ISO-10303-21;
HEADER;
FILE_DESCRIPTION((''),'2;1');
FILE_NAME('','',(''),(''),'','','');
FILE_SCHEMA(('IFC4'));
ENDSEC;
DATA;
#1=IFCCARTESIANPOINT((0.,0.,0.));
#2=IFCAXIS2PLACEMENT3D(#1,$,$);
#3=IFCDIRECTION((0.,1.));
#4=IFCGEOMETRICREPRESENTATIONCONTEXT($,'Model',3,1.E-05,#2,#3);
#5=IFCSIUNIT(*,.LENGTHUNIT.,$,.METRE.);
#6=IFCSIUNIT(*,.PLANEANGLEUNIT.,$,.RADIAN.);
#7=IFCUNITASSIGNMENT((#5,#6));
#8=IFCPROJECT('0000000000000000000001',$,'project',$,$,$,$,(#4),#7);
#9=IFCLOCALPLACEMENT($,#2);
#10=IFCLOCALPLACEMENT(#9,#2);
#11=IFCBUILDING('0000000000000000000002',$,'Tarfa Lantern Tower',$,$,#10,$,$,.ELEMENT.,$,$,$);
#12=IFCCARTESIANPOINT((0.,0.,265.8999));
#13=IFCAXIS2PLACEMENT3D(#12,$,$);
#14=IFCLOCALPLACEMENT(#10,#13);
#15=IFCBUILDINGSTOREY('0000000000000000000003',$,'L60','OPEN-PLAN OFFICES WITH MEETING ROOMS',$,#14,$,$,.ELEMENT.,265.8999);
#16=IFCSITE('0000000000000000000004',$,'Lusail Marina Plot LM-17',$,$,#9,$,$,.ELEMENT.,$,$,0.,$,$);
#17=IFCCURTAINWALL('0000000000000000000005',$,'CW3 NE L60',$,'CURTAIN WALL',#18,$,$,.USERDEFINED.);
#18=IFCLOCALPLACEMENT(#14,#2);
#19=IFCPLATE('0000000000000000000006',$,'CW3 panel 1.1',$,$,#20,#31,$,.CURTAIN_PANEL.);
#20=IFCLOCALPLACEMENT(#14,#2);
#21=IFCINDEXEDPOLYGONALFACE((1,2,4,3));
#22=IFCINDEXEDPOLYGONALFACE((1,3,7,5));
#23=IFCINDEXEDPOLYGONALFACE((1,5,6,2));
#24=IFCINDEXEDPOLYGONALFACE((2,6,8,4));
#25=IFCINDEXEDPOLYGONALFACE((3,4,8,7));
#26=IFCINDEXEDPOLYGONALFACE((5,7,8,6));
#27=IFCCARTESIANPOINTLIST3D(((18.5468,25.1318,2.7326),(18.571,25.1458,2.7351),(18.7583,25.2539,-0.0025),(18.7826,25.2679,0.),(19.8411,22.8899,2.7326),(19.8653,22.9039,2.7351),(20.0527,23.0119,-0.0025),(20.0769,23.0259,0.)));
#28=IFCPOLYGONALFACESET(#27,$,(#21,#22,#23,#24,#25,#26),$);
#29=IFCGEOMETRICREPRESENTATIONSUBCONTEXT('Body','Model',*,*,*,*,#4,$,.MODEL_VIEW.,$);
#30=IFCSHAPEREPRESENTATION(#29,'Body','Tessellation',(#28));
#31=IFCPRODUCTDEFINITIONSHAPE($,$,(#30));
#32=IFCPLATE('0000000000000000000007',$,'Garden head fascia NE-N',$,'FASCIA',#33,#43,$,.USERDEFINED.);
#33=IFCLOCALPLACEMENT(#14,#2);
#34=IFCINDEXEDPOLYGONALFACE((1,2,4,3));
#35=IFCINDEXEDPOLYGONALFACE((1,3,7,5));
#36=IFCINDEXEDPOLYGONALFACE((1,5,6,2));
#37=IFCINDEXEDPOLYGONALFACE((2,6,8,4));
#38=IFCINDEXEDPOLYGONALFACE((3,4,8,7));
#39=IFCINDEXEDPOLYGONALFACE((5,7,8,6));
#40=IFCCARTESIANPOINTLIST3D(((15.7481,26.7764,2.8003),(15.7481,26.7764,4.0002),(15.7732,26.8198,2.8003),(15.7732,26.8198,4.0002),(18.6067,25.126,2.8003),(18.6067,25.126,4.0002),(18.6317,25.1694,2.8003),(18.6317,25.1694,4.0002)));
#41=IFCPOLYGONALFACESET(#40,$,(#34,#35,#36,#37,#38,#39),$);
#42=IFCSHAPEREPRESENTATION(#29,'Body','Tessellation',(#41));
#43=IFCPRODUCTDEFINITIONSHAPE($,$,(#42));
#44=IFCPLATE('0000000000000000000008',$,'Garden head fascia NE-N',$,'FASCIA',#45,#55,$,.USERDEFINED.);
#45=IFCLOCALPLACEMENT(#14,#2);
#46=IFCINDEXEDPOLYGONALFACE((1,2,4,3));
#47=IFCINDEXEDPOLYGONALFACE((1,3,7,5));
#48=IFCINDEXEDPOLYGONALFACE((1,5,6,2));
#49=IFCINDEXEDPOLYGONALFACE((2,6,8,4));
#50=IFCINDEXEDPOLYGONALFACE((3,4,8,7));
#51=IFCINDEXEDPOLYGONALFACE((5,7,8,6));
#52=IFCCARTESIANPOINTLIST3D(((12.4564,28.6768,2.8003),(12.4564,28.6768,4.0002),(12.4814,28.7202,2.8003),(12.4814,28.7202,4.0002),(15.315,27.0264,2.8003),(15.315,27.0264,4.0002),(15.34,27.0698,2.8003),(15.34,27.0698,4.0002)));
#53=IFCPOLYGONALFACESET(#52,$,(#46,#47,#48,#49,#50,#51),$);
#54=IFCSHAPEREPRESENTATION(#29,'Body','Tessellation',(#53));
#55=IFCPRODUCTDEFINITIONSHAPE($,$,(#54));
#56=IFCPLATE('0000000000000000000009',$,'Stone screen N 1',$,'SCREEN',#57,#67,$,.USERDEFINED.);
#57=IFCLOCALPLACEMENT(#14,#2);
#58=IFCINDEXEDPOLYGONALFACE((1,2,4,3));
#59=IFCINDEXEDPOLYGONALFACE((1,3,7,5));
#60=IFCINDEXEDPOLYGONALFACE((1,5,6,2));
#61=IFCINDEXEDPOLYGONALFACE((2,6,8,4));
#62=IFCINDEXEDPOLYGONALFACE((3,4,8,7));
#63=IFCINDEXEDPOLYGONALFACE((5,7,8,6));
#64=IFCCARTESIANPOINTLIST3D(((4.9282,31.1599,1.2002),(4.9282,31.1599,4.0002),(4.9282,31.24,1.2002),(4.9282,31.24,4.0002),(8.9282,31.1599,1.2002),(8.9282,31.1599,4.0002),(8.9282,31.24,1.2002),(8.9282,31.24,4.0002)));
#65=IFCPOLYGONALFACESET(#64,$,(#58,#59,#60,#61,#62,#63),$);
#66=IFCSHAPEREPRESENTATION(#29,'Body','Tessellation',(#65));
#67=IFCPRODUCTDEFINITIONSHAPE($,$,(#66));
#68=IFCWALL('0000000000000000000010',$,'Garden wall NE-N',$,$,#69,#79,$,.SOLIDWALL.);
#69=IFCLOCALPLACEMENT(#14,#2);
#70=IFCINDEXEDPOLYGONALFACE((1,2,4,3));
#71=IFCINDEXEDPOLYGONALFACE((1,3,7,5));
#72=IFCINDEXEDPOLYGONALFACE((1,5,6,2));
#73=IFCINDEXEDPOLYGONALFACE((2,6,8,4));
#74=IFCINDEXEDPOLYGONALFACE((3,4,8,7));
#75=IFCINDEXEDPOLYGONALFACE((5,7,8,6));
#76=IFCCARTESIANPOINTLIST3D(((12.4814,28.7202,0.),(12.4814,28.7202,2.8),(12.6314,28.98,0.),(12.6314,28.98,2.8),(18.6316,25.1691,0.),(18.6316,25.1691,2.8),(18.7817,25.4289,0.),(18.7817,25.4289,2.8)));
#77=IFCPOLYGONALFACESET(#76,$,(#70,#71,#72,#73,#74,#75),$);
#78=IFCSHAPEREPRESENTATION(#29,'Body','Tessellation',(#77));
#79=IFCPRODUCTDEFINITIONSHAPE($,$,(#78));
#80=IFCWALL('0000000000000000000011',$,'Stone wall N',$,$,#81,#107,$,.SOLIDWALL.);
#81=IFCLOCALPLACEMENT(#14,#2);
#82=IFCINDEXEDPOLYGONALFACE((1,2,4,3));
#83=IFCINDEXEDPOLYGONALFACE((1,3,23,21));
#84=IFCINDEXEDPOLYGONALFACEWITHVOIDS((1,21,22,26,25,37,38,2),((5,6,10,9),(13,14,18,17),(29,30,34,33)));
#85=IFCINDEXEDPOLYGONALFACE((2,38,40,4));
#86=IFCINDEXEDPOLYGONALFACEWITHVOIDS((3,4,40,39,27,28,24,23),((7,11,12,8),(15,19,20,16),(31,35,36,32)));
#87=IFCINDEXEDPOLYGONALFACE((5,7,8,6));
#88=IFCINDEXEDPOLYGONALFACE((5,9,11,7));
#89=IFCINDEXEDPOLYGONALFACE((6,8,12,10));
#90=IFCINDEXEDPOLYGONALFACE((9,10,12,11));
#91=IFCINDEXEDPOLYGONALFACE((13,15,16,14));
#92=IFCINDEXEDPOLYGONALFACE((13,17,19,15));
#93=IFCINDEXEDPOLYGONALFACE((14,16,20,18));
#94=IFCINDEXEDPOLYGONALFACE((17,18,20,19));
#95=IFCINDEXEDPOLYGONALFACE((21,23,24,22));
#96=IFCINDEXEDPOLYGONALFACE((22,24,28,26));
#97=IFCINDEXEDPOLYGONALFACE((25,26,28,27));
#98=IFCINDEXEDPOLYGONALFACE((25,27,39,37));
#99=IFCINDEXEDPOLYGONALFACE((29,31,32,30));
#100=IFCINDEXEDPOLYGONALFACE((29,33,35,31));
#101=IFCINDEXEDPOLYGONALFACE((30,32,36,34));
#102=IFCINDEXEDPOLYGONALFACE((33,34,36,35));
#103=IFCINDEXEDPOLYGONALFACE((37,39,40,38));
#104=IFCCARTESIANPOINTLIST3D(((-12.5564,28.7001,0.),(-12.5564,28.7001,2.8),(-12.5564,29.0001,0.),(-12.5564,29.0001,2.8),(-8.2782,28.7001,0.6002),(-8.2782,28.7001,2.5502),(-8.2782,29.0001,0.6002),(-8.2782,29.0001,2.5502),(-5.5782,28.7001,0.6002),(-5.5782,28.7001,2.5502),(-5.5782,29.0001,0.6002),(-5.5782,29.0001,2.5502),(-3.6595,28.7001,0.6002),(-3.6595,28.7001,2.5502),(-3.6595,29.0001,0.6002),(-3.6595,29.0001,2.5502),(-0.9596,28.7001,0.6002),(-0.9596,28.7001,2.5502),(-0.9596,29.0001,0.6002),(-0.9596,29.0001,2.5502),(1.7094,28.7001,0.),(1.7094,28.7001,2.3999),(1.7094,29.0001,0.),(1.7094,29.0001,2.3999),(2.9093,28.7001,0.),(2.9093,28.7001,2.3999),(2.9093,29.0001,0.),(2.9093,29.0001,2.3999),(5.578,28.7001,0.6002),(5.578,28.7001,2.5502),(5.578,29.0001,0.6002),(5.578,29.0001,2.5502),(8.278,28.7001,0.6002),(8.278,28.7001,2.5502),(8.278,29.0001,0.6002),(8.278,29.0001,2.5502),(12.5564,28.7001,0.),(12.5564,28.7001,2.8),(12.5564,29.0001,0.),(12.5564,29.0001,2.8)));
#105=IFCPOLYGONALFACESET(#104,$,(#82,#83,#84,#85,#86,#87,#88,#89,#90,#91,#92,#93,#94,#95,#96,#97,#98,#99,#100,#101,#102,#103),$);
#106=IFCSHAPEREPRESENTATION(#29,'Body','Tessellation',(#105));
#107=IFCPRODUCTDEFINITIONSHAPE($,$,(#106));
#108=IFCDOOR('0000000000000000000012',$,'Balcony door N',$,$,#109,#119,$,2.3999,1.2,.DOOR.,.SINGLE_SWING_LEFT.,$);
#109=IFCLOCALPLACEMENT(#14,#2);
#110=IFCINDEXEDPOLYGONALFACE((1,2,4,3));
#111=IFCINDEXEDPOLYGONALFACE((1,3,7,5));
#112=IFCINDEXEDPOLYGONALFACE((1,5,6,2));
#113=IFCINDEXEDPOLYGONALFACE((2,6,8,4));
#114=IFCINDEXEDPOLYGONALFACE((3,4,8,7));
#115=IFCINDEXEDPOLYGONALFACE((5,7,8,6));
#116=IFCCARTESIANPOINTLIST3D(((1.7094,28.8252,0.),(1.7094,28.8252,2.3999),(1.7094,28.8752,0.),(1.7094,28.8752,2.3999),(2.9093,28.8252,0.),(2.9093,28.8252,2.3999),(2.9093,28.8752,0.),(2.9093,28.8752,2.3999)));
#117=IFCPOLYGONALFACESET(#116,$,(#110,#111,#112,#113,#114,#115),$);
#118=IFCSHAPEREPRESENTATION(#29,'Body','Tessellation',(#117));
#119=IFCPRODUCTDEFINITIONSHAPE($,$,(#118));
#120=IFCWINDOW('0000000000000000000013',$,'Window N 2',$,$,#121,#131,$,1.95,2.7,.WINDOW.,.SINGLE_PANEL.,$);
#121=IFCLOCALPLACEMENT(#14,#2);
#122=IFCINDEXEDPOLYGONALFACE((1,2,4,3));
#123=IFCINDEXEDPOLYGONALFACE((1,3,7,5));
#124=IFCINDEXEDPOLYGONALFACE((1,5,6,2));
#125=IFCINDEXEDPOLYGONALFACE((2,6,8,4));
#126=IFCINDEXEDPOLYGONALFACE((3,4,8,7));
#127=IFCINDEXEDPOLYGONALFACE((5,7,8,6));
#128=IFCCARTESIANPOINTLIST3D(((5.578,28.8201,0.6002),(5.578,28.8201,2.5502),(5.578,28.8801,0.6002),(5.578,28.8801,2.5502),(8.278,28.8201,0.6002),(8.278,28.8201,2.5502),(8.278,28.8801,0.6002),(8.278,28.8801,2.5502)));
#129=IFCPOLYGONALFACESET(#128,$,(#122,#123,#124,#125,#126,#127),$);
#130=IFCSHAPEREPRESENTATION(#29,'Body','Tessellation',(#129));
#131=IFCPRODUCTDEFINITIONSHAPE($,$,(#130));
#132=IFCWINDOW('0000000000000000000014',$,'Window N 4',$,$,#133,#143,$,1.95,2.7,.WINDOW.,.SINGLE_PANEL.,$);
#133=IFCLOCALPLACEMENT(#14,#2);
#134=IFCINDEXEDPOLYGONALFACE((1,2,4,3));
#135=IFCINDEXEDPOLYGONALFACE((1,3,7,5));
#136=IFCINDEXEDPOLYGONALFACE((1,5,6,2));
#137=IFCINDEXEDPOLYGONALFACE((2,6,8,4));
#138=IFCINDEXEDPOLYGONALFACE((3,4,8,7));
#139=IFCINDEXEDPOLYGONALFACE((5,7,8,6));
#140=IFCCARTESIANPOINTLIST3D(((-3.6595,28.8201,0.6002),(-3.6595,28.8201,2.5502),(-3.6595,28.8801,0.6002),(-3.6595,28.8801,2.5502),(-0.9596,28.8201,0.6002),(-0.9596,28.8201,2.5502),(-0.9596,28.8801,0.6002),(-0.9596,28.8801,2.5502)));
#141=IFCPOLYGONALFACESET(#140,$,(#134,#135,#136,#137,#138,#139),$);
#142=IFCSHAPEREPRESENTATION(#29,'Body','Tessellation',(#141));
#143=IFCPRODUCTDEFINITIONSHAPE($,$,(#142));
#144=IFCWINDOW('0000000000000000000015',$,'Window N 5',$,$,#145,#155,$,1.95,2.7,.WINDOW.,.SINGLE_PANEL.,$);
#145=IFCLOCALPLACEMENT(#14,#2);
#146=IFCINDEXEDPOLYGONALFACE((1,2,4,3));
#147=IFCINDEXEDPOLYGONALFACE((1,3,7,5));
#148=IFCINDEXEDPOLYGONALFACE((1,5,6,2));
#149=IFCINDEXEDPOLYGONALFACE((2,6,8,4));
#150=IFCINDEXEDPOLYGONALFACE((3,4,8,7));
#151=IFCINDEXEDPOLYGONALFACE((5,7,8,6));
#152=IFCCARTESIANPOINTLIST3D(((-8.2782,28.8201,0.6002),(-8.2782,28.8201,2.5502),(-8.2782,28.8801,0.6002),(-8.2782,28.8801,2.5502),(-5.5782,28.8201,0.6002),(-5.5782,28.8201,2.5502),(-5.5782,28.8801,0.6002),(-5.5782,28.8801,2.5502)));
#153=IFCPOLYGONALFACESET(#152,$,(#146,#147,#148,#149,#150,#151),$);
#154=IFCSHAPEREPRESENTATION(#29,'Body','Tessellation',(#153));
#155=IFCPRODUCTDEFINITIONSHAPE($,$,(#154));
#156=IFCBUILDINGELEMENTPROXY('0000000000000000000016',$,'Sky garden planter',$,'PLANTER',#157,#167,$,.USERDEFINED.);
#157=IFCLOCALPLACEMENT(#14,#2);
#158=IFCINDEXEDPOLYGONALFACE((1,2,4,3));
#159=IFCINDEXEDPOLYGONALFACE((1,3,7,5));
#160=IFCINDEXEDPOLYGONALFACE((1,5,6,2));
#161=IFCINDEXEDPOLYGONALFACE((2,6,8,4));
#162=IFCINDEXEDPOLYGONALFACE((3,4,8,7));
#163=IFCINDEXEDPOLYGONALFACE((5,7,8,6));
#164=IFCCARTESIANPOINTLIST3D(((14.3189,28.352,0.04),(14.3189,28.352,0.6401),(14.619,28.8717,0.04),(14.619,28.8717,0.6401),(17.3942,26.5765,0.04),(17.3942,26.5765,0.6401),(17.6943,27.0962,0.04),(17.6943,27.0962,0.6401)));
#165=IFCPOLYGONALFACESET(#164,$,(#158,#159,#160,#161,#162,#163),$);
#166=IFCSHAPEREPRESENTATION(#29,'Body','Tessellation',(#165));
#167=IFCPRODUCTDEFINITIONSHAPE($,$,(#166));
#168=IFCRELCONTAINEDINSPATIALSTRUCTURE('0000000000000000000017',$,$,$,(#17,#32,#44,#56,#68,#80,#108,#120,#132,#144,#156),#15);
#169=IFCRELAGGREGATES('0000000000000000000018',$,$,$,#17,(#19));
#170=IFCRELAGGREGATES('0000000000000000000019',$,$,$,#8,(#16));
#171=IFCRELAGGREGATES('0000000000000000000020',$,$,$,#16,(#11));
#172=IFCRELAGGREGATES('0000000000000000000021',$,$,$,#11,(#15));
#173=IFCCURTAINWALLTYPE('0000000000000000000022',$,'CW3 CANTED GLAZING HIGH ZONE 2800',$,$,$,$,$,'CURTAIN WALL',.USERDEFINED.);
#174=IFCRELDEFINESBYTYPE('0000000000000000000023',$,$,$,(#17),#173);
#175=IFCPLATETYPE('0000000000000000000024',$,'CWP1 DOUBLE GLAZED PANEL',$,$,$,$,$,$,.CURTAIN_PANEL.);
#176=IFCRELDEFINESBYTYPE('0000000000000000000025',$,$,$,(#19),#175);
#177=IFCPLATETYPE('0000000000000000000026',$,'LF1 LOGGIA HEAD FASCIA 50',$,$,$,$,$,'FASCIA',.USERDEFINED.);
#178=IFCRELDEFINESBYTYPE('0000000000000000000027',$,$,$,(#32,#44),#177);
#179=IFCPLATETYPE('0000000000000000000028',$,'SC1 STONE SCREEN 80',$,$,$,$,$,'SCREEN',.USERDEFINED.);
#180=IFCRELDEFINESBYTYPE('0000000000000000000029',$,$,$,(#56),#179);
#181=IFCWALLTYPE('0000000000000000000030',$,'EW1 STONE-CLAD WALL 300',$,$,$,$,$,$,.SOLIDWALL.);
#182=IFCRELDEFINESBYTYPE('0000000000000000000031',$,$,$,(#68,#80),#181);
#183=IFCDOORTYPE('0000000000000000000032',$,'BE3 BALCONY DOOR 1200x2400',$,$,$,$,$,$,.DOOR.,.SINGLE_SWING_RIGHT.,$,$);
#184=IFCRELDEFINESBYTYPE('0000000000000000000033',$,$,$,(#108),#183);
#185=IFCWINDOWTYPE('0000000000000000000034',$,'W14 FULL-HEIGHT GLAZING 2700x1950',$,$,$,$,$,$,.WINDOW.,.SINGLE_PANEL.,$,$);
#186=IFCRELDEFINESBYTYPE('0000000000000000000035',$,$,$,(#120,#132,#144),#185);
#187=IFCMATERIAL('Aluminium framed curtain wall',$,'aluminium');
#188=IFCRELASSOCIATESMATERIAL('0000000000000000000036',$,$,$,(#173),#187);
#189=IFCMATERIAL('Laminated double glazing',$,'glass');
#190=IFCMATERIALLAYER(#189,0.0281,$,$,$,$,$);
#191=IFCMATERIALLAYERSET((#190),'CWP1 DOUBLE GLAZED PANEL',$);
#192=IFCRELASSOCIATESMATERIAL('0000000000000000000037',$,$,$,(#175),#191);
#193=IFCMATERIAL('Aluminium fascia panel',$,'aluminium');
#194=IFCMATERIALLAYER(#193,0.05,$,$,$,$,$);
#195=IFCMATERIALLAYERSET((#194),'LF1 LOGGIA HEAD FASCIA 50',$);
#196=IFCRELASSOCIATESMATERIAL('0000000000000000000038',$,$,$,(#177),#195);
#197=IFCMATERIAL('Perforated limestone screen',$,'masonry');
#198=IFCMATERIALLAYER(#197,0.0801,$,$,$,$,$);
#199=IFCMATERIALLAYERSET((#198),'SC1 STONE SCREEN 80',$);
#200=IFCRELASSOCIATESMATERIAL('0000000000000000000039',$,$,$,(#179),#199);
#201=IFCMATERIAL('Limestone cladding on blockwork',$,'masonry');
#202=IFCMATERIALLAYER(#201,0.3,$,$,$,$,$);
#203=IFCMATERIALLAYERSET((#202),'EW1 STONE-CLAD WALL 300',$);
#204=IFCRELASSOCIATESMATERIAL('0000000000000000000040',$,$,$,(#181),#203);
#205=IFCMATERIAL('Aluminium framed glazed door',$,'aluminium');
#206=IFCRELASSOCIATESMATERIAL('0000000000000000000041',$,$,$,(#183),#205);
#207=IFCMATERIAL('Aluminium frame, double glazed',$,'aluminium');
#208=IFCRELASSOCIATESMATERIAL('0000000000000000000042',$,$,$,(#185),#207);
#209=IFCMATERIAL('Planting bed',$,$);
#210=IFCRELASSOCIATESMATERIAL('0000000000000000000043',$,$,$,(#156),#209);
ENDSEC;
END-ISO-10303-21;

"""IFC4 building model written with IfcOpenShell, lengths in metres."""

from ifc_helpers import new_model, si_unit, direction, frame, frame_2d, origin, origin_2d, place, context, subcontext, project, spatial, polyline, rectangle, outline, extrude, material, layer, layer_set, type_object, element, fill, aggregate, save


model = new_model("IFC4")

# Units and contexts
model_context = context("Model", 3, precision=1e-05, world=origin(), true_north=direction((0.0, 1.0)))
body_context = subcontext(model_context, "Body", "Model", "MODEL_VIEW")
ifc_project = project(units=[si_unit("LENGTHUNIT", "METRE"), si_unit("PLANEANGLEUNIT", "RADIAN")], contexts=[model_context])

# Site, building, storey
site_placement = place(None, origin())
site = spatial("IfcSite", under=ifc_project, at=site_placement, Name="Lusail Marina Plot LM-17", CompositionType="ELEMENT", RefElevation=0.0)
building_placement = place(site_placement, origin())
building = spatial("IfcBuilding", under=site, at=building_placement, Name="Tarfa Lantern Tower", CompositionType="ELEMENT")
storey_placement = place(building_placement, frame((0.0, 0.0, 265.8999)))
storey = spatial("IfcBuildingStorey", under=building, at=storey_placement, Name="L60", Description="OPEN-PLAN OFFICES WITH MEETING ROOMS", CompositionType="ELEMENT", Elevation=265.8999)

# Curtain wall
ifc_material_1 = material(Name="Aluminium framed curtain wall", Category="aluminium")
curtain_wall_type = type_object("IfcCurtainWallType", Name="CW3 CANTED GLAZING HIGH ZONE 2800", ElementType="CURTAIN WALL", PredefinedType="USERDEFINED", material=ifc_material_1)
curtain_wall_placement = place(storey_placement, origin())
curtain_wall = element("IfcCurtainWall", 1, at=curtain_wall_placement, inside=storey, type_object=curtain_wall_type, Name="CW3 NE L60", ObjectType="CURTAIN WALL", PredefinedType="USERDEFINED")

# Plate
ifc_material_2 = material(Name="Laminated double glazing", Category="glass")
ifc_layer_1 = layer(ifc_material_2, 0.0281)
ifc_layer_set_1 = layer_set([ifc_layer_1], Name="CWP1 DOUBLE GLAZED PANEL")
plate_type_1 = type_object("IfcPlateType", Name="CWP1 DOUBLE GLAZED PANEL", PredefinedType="CURTAIN_PANEL", material=ifc_layer_set_1)
plate_1_placement = place(storey_placement, frame((20.0769, 23.0259, 0.0), z_axis=(0.862605, 0.497997, 0.088945), x_axis=(-0.499979, 0.866038, 0.000004)))
plate_1 = element("IfcPlate", 2, at=plate_1_placement, type_object=plate_type_1, Name="CW3 panel 1.1", PredefinedType="CURTAIN_PANEL", context=body_context, shape_type="SweptSolid", body=[
    extrude(outline(polyline([(0.0, 0.0), (2.5888, 0.0), (2.5888, 2.746), (0.0001, 2.746), (0.0, 0.0)])), origin(), (0.0, 0.0, -1.0), 0.0281),
])
aggregate(curtain_wall, [plate_1])

# Plates
ifc_material_3 = material(Name="Aluminium fascia panel", Category="aluminium")
ifc_layer_2 = layer(ifc_material_3, 0.05)
ifc_layer_set_2 = layer_set([ifc_layer_2], Name="LF1 LOGGIA HEAD FASCIA 50")
plate_type_2 = type_object("IfcPlateType", Name="LF1 LOGGIA HEAD FASCIA 50", ElementType="FASCIA", PredefinedType="USERDEFINED", material=ifc_layer_set_2)
for number, where, z_axis, x_axis, name in (
    (3, (17.1899, 25.9729, 2.8003), (0.0, 0.0, 1.0), (-0.866025, 0.5, 0.0), "Garden head fascia NE-N"),
    (4, (13.8982, 27.8733, 2.8003), (0.0, 0.0, 1.0), (-0.866025, 0.5, 0.0), "Garden head fascia NE-N"),
):
    element("IfcPlate", number, at=place(storey_placement, frame(where, z_axis=z_axis, x_axis=x_axis)), inside=storey, type_object=plate_type_2, Name=name, ObjectType="FASCIA", PredefinedType="USERDEFINED", context=body_context, shape_type="SweptSolid", body=[
        extrude(rectangle(XDim=3.3008, YDim=0.05, at=origin_2d()), origin(), (0.0, 0.0, 1.0), 1.2),
    ])
ifc_material_4 = material(Name="Perforated limestone screen", Category="masonry")
ifc_layer_3 = layer(ifc_material_4, 0.0801)
ifc_layer_set_3 = layer_set([ifc_layer_3], Name="SC1 STONE SCREEN 80")
plate_type_3 = type_object("IfcPlateType", Name="SC1 STONE SCREEN 80", ElementType="SCREEN", PredefinedType="USERDEFINED", material=ifc_layer_set_3)
plate_2_placement = place(storey_placement, frame((6.9282, 31.2, 1.2002), z_axis=(0.0, 0.0, 1.0), x_axis=(-1.0, 0.0, 0.0)))
element("IfcPlate", 5, at=plate_2_placement, inside=storey, type_object=plate_type_3, Name="Stone screen N 1", ObjectType="SCREEN", PredefinedType="USERDEFINED", context=body_context, shape_type="SweptSolid", body=[
    extrude(rectangle(XDim=4.0, YDim=0.0801, at=origin_2d()), origin(), (0.0, 0.0, 1.0), 2.8),
])

# Wall
ifc_material_5 = material(Name="Limestone cladding on blockwork", Category="masonry")
ifc_layer_4 = layer(ifc_material_5, 0.3)
ifc_layer_set_4 = layer_set([ifc_layer_4], Name="EW1 STONE-CLAD WALL 300")
wall_type = type_object("IfcWallType", Name="EW1 STONE-CLAD WALL 300", PredefinedType="SOLIDWALL", material=ifc_layer_set_4)
wall_1_placement = place(storey_placement, frame((18.7065, 25.2991, 0.0), z_axis=(0.0, 0.0, 1.0), x_axis=(-0.866011, 0.500025, 0.0)))
element("IfcWall", 6, at=wall_1_placement, inside=storey, type_object=wall_type, Name="Garden wall NE-N", PredefinedType="SOLIDWALL", context=body_context, shape_type="SweptSolid", body=[
    extrude(rectangle(XDim=7.1018, YDim=0.3, at=frame_2d((3.5508, 0.0))), origin(), (0.0, 0.0, 1.0), 2.8),
])

# Wall, openings, door, windows
wall_2_placement = place(storey_placement, frame((12.5564, 28.8501, 0.0), z_axis=(0.0, 0.0, 1.0), x_axis=(-1.0, 0.0, 0.0)))
wall_2 = element("IfcWall", 7, at=wall_2_placement, inside=storey, type_object=wall_type, Name="Stone wall N", PredefinedType="SOLIDWALL", context=body_context, shape_type="SweptSolid", body=[
    extrude(rectangle(XDim=25.1128, YDim=0.3, at=frame_2d((12.5564, 0.0))), origin(), (0.0, 0.0, 1.0), 2.8),
])
opening_1_placement = place(wall_2_placement, frame((4.2783, 0.0, 0.6001)))
opening_1 = element("IfcOpeningElement", 8, at=opening_1_placement, cuts=wall_2, PredefinedType="OPENING", context=body_context, shape_type="SweptSolid", body=[
    extrude(rectangle(XDim=2.7, YDim=1.95, at=frame_2d((1.3501, 0.9751))), frame((0.0, 0.1599, 0.0), z_axis=(0.0, -1.0, 0.0), x_axis=(1.0, 0.0, 0.0)), (0.0, 0.0, 1.0), 0.3201),
])
opening_2_placement = place(wall_2_placement, frame((9.647, 0.0, 0.0)))
opening_2 = element("IfcOpeningElement", 9, at=opening_2_placement, cuts=wall_2, PredefinedType="OPENING", context=body_context, shape_type="SweptSolid", body=[
    extrude(rectangle(XDim=1.2, YDim=2.3999, at=frame_2d((0.6001, 1.2))), frame((0.0, 0.1599, 0.0), z_axis=(0.0, -1.0, 0.0), x_axis=(1.0, 0.0, 0.0)), (0.0, 0.0, 1.0), 0.3201),
])
opening_3_placement = place(wall_2_placement, frame((13.5159, 0.0, 0.6001)))
opening_3 = element("IfcOpeningElement", 10, at=opening_3_placement, cuts=wall_2, PredefinedType="OPENING", context=body_context, shape_type="SweptSolid", body=[
    extrude(rectangle(XDim=2.7, YDim=1.95, at=frame_2d((1.3501, 0.9751))), frame((0.0, 0.1599, 0.0), z_axis=(0.0, -1.0, 0.0), x_axis=(1.0, 0.0, 0.0)), (0.0, 0.0, 1.0), 0.3201),
])
opening_4_placement = place(wall_2_placement, frame((18.1345, 0.0, 0.6001)))
opening_4 = element("IfcOpeningElement", 11, at=opening_4_placement, cuts=wall_2, PredefinedType="OPENING", context=body_context, shape_type="SweptSolid", body=[
    extrude(rectangle(XDim=2.7, YDim=1.95, at=frame_2d((1.3501, 0.9751))), frame((0.0, 0.1599, 0.0), z_axis=(0.0, -1.0, 0.0), x_axis=(1.0, 0.0, 0.0)), (0.0, 0.0, 1.0), 0.3201),
])
ifc_material_6 = material(Name="Aluminium framed glazed door", Category="aluminium")
door_type = type_object("IfcDoorType", Name="BE3 BALCONY DOOR 1200x2400", OperationType="SINGLE_SWING_RIGHT", PredefinedType="DOOR", material=ifc_material_6)
door_placement = place(opening_2_placement, origin())
door = element("IfcDoor", 12, at=door_placement, inside=storey, type_object=door_type, Name="Balcony door N", OperationType="SINGLE_SWING_LEFT", OverallHeight=2.3999, OverallWidth=1.2, PredefinedType="DOOR", context=body_context, shape_type="SweptSolid", body=[
    extrude(rectangle(XDim=1.2, YDim=2.3999, at=frame_2d((0.6001, 1.2))), frame((0.0, 0.0249, 0.0), z_axis=(0.0, -1.0, 0.0), x_axis=(1.0, 0.0, 0.0)), (0.0, 0.0, 1.0), 0.05),
])
fill(opening_2, door)
ifc_material_7 = material(Name="Aluminium frame, double glazed", Category="aluminium")
window_type = type_object("IfcWindowType", Name="W14 FULL-HEIGHT GLAZING 2700x1950", PartitioningType="SINGLE_PANEL", PredefinedType="WINDOW", material=ifc_material_7)
window_1_placement = place(opening_1_placement, origin())
window_1 = element("IfcWindow", 13, at=window_1_placement, inside=storey, type_object=window_type, Name="Window N 2", OverallHeight=1.95, OverallWidth=2.7, PartitioningType="SINGLE_PANEL", PredefinedType="WINDOW", context=body_context, shape_type="SweptSolid", body=[
    extrude(rectangle(XDim=2.7, YDim=1.95, at=frame_2d((1.3501, 0.9751))), frame((0.0, 0.03, 0.0), z_axis=(0.0, -1.0, 0.0), x_axis=(1.0, 0.0, 0.0)), (0.0, 0.0, 1.0), 0.0601),
])
fill(opening_1, window_1)
window_2_placement = place(opening_3_placement, origin())
window_2 = element("IfcWindow", 14, at=window_2_placement, inside=storey, type_object=window_type, Name="Window N 4", OverallHeight=1.95, OverallWidth=2.7, PartitioningType="SINGLE_PANEL", PredefinedType="WINDOW", context=body_context, shape_type="SweptSolid", body=[
    extrude(rectangle(XDim=2.7, YDim=1.95, at=frame_2d((1.3501, 0.9751))), frame((0.0, 0.03, 0.0), z_axis=(0.0, -1.0, 0.0), x_axis=(1.0, 0.0, 0.0)), (0.0, 0.0, 1.0), 0.0601),
])
fill(opening_3, window_2)
window_3_placement = place(opening_4_placement, origin())
window_3 = element("IfcWindow", 15, at=window_3_placement, inside=storey, type_object=window_type, Name="Window N 5", OverallHeight=1.95, OverallWidth=2.7, PartitioningType="SINGLE_PANEL", PredefinedType="WINDOW", context=body_context, shape_type="SweptSolid", body=[
    extrude(rectangle(XDim=2.7, YDim=1.95, at=frame_2d((1.3501, 0.9751))), frame((0.0, 0.03, 0.0), z_axis=(0.0, -1.0, 0.0), x_axis=(1.0, 0.0, 0.0)), (0.0, 0.0, 1.0), 0.0601),
])
fill(opening_4, window_3)

# Building element proxy
ifc_material_8 = material(Name="Planting bed")
proxy_placement = place(storey_placement, frame((16.0066, 27.7241, 0.04), z_axis=(0.0, 0.0, 1.0), x_axis=(-0.866025, 0.5, 0.0)))
element("IfcBuildingElementProxy", 16, at=proxy_placement, inside=storey, material=ifc_material_8, Name="Sky garden planter", ObjectType="PLANTER", PredefinedType="USERDEFINED", context=body_context, shape_type="SweptSolid", body=[
    extrude(rectangle(XDim=3.551, YDim=0.6001, at=origin_2d()), origin(), (0.0, 0.0, 1.0), 0.6001),
])

save(model, "model.ifc")
